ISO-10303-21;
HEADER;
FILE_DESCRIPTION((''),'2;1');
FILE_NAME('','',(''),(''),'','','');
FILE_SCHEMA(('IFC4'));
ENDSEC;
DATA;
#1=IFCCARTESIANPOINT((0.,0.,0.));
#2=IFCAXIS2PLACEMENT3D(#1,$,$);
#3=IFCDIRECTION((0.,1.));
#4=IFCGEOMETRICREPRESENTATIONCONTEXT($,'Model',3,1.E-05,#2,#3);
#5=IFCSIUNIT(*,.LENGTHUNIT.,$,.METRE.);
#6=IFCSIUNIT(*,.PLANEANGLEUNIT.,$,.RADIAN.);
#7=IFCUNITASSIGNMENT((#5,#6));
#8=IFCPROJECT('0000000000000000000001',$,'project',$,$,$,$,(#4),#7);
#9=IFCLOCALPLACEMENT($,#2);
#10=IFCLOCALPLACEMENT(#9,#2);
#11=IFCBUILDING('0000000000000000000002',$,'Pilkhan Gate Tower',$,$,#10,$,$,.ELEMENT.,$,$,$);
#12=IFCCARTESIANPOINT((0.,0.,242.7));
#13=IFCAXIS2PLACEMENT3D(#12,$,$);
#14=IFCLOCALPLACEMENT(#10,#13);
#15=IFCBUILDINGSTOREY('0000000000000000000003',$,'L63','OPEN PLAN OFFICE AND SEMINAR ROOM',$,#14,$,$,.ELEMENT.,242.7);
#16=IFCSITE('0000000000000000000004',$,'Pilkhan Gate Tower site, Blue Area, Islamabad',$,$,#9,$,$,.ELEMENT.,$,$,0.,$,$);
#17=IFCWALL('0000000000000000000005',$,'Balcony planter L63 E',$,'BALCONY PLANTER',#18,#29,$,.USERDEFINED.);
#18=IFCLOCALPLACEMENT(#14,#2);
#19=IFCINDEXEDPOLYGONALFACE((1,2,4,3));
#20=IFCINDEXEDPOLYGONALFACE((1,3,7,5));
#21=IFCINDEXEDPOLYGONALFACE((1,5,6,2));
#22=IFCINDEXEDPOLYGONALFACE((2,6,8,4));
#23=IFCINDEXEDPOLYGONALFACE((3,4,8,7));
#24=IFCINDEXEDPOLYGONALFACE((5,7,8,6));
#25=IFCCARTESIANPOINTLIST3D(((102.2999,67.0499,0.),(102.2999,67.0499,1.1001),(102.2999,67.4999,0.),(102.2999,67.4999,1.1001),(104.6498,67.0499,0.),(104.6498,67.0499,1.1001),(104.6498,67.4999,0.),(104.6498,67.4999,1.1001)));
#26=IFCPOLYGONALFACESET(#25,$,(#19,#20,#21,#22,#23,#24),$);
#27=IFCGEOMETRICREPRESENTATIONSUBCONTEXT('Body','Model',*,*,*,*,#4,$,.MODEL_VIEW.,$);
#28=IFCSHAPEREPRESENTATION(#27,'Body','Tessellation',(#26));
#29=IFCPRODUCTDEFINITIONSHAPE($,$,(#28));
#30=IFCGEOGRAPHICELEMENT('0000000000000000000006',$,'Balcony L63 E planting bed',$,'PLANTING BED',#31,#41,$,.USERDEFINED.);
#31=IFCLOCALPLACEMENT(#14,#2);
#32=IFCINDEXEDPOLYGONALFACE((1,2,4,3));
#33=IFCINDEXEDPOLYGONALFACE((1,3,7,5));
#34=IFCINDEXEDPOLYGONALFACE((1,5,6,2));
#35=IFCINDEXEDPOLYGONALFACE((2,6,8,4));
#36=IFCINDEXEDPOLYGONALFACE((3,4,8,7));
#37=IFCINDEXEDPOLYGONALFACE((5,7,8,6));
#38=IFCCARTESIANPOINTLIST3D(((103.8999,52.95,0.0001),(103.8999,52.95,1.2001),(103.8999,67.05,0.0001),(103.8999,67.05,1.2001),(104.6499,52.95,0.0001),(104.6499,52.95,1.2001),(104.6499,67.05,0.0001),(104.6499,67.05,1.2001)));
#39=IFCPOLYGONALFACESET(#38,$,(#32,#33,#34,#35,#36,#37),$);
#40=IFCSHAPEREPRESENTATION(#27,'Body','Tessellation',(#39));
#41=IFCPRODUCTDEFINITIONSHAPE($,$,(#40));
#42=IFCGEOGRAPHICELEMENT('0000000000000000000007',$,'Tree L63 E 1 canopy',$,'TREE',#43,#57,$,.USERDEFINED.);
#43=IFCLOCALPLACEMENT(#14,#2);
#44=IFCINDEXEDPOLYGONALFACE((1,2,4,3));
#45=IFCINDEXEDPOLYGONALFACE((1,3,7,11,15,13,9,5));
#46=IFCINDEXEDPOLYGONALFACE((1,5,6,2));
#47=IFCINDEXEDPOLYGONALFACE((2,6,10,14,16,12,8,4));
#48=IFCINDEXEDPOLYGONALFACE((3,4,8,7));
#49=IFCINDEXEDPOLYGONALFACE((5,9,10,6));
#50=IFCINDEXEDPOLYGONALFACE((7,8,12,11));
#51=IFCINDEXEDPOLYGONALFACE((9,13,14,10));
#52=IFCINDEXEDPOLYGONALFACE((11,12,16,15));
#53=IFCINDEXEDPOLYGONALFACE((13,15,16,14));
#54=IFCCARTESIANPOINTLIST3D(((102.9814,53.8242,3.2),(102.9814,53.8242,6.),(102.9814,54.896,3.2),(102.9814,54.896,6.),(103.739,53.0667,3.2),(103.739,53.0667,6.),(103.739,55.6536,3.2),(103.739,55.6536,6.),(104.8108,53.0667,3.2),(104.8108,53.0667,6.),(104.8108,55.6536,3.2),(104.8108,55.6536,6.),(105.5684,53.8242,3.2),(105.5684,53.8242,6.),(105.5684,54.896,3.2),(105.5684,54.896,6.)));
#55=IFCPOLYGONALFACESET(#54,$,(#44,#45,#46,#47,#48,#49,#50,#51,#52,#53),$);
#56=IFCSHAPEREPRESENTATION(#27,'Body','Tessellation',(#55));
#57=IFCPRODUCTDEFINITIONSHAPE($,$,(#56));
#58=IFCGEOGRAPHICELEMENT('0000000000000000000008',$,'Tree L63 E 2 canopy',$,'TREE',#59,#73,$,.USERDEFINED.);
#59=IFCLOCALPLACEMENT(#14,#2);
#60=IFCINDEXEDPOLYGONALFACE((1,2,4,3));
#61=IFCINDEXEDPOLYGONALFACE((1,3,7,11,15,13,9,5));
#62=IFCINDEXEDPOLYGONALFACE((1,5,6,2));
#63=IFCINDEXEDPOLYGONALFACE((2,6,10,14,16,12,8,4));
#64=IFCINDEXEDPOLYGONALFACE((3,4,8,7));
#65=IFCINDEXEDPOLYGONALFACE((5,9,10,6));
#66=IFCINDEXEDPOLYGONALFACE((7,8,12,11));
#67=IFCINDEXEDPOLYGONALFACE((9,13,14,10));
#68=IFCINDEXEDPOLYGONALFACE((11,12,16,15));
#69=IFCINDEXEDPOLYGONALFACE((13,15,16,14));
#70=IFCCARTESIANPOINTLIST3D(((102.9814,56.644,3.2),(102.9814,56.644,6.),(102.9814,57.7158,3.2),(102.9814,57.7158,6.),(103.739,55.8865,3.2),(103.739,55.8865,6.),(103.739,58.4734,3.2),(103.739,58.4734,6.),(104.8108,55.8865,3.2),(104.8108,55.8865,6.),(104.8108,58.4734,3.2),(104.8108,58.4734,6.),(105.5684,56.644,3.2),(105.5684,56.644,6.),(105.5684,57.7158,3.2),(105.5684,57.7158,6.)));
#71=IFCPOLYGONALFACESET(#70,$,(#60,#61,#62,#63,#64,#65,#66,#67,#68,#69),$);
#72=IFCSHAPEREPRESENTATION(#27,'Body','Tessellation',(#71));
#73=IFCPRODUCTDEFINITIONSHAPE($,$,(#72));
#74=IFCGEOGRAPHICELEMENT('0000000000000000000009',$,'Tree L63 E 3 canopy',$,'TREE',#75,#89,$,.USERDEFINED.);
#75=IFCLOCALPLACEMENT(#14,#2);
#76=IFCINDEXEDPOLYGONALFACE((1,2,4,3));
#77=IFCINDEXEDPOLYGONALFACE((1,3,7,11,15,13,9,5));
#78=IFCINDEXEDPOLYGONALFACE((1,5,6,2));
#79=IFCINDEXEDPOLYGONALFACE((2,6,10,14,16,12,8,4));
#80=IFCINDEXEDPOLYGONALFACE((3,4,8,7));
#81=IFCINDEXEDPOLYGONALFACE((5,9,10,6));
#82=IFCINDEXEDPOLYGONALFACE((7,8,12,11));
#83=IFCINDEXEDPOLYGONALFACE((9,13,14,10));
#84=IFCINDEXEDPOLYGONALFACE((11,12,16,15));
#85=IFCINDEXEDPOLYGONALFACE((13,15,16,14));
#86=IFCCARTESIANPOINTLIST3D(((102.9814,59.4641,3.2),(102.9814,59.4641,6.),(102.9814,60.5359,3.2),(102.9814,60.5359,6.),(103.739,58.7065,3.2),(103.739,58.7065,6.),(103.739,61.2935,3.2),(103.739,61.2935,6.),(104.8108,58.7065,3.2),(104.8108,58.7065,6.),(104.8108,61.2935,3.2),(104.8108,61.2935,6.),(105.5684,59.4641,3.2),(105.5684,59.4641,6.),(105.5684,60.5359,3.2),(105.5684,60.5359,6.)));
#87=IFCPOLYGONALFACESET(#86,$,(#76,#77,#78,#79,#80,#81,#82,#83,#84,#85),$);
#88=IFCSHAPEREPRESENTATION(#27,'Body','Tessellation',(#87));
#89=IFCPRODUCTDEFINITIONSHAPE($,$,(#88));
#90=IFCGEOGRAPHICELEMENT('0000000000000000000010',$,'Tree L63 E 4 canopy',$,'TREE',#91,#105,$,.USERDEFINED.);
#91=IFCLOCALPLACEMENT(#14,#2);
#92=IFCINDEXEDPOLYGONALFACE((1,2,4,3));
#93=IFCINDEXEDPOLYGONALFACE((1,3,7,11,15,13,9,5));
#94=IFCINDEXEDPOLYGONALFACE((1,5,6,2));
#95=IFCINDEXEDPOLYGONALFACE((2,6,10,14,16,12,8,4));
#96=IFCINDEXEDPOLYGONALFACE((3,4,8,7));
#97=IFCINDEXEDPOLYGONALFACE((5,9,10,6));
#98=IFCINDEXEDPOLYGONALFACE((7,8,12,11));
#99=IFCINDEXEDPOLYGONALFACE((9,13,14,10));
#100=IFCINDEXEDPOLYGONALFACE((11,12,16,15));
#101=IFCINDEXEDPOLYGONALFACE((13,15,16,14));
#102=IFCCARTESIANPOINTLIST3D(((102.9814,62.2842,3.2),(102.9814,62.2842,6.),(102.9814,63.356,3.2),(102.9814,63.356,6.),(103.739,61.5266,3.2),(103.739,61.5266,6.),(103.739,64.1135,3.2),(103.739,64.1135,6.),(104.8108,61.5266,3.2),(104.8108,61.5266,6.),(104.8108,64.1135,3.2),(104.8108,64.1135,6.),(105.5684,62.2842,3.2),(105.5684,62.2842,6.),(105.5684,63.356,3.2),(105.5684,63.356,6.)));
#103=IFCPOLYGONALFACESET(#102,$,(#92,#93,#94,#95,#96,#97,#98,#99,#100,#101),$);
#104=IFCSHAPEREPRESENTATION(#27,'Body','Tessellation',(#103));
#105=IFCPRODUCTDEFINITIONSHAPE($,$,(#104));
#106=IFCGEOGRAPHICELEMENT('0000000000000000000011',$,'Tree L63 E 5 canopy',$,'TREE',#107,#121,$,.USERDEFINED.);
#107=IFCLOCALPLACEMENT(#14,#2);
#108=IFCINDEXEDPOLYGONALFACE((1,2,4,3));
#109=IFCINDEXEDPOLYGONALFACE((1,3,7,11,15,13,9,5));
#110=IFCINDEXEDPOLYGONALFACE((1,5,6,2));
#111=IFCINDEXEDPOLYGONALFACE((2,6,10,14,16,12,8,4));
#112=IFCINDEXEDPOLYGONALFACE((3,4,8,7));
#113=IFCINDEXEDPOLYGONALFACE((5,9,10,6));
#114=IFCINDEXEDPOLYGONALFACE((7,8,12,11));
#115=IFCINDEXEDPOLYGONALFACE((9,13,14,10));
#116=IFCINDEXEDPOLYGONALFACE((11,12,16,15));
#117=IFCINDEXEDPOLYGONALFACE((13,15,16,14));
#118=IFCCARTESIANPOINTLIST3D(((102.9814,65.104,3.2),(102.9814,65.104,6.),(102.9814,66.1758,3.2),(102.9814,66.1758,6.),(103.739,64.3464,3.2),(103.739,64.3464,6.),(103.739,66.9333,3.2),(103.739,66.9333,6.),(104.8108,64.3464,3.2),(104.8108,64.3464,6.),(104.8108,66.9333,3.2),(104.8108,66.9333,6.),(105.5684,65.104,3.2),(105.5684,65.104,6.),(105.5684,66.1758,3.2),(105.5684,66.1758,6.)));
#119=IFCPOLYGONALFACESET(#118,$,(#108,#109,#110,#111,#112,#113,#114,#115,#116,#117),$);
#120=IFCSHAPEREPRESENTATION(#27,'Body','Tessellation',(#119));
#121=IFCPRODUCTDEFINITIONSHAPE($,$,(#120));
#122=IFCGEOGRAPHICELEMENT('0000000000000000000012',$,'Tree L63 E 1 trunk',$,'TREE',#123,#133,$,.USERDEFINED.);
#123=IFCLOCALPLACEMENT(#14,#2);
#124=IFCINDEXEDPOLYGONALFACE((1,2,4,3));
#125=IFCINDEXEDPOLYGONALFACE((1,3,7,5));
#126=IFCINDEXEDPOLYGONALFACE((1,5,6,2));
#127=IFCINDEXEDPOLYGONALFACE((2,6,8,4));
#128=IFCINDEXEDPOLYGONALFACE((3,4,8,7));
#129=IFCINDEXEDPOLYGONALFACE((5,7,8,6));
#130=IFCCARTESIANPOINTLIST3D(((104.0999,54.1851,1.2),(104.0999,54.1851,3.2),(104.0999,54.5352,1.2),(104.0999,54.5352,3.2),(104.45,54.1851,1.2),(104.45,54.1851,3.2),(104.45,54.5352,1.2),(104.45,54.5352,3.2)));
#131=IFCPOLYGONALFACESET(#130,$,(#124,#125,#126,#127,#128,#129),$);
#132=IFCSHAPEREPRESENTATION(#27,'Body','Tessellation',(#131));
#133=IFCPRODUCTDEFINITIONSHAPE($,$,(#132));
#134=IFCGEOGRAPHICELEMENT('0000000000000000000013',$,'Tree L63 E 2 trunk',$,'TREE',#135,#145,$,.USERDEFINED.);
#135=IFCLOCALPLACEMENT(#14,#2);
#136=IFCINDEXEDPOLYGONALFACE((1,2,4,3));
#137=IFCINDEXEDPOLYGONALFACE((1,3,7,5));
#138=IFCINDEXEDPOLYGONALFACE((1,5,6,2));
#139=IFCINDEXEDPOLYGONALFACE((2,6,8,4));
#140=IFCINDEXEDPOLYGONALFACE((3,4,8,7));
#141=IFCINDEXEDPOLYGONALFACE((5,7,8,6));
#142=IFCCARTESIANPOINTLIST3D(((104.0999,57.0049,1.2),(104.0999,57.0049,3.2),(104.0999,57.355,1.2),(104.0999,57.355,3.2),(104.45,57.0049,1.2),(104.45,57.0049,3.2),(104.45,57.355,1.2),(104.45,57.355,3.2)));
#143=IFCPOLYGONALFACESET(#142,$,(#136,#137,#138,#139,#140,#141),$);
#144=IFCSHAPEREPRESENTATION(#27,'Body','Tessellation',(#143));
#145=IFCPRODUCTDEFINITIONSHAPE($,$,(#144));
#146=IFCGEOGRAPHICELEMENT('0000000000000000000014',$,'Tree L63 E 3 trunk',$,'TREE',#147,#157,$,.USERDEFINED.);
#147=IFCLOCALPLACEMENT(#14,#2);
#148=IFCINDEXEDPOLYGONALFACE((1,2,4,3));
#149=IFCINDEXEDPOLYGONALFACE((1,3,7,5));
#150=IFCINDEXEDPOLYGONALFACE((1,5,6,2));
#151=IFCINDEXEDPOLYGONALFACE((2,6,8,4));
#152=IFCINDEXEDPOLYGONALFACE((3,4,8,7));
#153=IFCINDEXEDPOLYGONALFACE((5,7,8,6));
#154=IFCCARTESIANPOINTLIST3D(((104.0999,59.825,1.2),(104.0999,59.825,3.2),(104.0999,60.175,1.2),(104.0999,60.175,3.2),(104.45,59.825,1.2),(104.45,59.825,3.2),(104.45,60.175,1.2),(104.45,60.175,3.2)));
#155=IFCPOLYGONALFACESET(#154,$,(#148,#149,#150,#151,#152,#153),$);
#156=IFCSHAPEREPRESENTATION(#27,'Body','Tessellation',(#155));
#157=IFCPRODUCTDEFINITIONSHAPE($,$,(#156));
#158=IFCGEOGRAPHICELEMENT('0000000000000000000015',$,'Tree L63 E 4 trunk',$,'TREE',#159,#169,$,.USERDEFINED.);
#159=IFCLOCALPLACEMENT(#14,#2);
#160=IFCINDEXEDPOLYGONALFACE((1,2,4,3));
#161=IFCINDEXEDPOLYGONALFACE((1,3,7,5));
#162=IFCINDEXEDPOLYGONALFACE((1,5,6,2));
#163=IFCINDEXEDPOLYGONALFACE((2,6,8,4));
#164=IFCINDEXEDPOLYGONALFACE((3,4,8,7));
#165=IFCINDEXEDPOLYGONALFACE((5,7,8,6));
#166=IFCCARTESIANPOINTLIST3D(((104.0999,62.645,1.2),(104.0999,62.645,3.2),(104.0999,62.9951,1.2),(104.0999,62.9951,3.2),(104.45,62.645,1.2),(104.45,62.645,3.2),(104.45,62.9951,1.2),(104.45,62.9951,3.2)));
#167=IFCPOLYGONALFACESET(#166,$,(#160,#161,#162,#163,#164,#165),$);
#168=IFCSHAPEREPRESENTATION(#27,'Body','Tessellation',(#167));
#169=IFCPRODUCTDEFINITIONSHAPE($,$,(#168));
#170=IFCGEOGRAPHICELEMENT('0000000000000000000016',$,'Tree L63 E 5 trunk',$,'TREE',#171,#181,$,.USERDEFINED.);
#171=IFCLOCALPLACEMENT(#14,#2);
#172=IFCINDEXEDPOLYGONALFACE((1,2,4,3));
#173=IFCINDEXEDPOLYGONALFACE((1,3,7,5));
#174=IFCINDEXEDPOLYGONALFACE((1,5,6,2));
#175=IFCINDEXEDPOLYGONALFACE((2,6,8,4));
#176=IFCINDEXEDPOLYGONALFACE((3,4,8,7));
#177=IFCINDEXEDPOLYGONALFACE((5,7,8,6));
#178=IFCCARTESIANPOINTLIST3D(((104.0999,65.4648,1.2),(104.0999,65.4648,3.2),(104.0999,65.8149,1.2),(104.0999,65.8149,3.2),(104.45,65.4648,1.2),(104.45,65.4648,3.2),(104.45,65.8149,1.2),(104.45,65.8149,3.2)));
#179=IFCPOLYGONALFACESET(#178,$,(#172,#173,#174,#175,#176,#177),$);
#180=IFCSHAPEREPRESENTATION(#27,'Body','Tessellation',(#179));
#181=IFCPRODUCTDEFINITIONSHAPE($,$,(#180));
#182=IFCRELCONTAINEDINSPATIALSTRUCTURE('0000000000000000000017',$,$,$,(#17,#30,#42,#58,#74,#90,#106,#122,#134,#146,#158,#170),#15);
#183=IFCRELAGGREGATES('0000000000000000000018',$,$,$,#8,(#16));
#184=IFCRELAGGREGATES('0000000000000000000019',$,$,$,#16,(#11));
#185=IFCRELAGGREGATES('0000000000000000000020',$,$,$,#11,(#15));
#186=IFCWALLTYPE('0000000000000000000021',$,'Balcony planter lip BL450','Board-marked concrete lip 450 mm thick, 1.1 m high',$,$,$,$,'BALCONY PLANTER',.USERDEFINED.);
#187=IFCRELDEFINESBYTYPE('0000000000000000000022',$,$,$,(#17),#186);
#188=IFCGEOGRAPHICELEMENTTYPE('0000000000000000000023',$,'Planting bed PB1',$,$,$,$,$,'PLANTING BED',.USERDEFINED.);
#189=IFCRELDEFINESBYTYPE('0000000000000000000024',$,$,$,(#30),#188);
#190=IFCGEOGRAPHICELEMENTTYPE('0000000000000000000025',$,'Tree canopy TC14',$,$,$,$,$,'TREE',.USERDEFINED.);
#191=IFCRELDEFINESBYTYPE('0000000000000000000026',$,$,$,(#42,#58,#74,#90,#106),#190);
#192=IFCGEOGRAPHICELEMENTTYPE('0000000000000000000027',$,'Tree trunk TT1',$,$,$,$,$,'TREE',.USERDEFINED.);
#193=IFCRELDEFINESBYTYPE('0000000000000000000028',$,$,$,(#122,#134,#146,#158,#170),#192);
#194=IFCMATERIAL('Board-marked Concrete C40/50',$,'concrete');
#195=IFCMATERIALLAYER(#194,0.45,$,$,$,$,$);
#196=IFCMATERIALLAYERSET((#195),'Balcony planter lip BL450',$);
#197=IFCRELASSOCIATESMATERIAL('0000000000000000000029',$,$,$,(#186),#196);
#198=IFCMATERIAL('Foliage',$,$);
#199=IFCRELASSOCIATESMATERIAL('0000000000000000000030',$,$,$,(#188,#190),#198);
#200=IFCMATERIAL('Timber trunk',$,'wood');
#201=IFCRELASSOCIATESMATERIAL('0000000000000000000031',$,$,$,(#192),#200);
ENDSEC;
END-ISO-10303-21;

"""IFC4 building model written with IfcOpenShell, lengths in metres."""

from ifc_helpers import new_model, si_unit, direction, frame, frame_2d, origin, origin_2d, place, context, subcontext, project, spatial, polyline, rectangle, outline, extrude, material, layer, layer_set, material_profile, profile_set, type_object, element, save


model = new_model("IFC4")

# Units and contexts
model_context = context("Model", 3, precision=1e-05, world=origin(), true_north=direction((0.0, 1.0)))
body_context = subcontext(model_context, "Body", "Model", "MODEL_VIEW")
ifc_project = project(units=[si_unit("LENGTHUNIT", "METRE"), si_unit("PLANEANGLEUNIT", "RADIAN")], contexts=[model_context])

# Site, building, storey
site_placement = place(None, origin())
site = spatial("IfcSite", under=ifc_project, at=site_placement, Name="Pilkhan Gate Tower site, Blue Area, Islamabad", CompositionType="ELEMENT", RefElevation=0.0)
building_placement = place(site_placement, origin())
building = spatial("IfcBuilding", under=site, at=building_placement, Name="Pilkhan Gate Tower", CompositionType="ELEMENT")
storey_placement = place(building_placement, frame((0.0, 0.0, 242.7)))
storey = spatial("IfcBuildingStorey", under=building, at=storey_placement, Name="L63", Description="OPEN PLAN OFFICE AND SEMINAR ROOM", CompositionType="ELEMENT", Elevation=242.7)

# Wall
ifc_material_1 = material(Name="Board-marked Concrete C40/50", Category="concrete")
ifc_layer_1 = layer(ifc_material_1, 0.45)
ifc_layer_set_1 = layer_set([ifc_layer_1], Name="Balcony planter lip BL450")
wall_type_1 = type_object("IfcWallType", Name="Balcony planter lip BL450", Description="Board-marked concrete lip 450 mm thick, 1.1 m high", ElementType="BALCONY PLANTER", PredefinedType="USERDEFINED", material=ifc_layer_set_1)
for number, where, z_axis, x_axis, name in (
    (1, (102.3, 67.2749, 0.0), (0.0, 0.0, 1.0), (1.0, 0.0, 0.0), "Balcony planter L63 E"),
):
    element("IfcWall", number, at=place(storey_placement, frame(where, z_axis=z_axis, x_axis=x_axis)), inside=storey, type_object=wall_type_1, Name=name, ObjectType="BALCONY PLANTER", PredefinedType="USERDEFINED", context=body_context, shape_type="SweptSolid", body=[
        extrude(rectangle(XDim=2.3499, YDim=0.45, at=frame_2d((1.1748, 0.0))), origin(), (0.0, 0.0, 1.0), 1.1001),
    ])

# Geographic elements
ifc_material_2 = material(Name="Foliage")
ifc_material_profile_1 = material_profile(ifc_material_2, rectangle(XDim=0.75, YDim=1.2, at=origin_2d()), Name="Bed 750x1200")
ifc_profile_set_1 = profile_set([ifc_material_profile_1], Name="Foliage")
geographic_element_type_1 = type_object("IfcGeographicElementType", Name="Planting bed PB1", ElementType="PLANTING BED", PredefinedType="USERDEFINED", material=ifc_profile_set_1)
geographic_element_placement = place(storey_placement, frame((104.2749, 52.95, 0.6001), z_axis=(0.0, 1.0, 0.0), x_axis=(-1.0, 0.0, 0.0)))
element("IfcGeographicElement", 2, at=geographic_element_placement, inside=storey, type_object=geographic_element_type_1, Name="Balcony L63 E planting bed", ObjectType="PLANTING BED", PredefinedType="USERDEFINED", context=body_context, shape_type="SweptSolid", body=[
    extrude(rectangle(XDim=0.75, YDim=1.2, at=origin_2d()), origin(), (0.0, 0.0, 1.0), 14.1001),
])
ifc_material_profile_2 = material_profile(ifc_material_2, outline(polyline([(1.2935, 0.5359), (0.5359, 1.2935), (-0.5359, 1.2935), (-1.2935, 0.5359), (-1.2935, -0.5359), (-0.5359, -1.2935), (0.5359, -1.2935), (1.2935, -0.5359), (1.2935, 0.5359)])), Name="Canopy D2.8")
ifc_profile_set_2 = profile_set([ifc_material_profile_2], Name="Foliage")
geographic_element_type_2 = type_object("IfcGeographicElementType", Name="Tree canopy TC14", ElementType="TREE", PredefinedType="USERDEFINED", material=ifc_profile_set_2)
for number, where, z_axis, x_axis, name in (
    (3, (104.2749, 54.3601, 3.2), (0.0, 0.0, 1.0), (1.0, 0.0, 0.0), "Tree L63 E 1 canopy"),
    (4, (104.2749, 57.1799, 3.2), (0.0, 0.0, 1.0), (1.0, 0.0, 0.0), "Tree L63 E 2 canopy"),
    (5, (104.2749, 60.0, 3.2), (0.0, 0.0, 1.0), (1.0, 0.0, 0.0), "Tree L63 E 3 canopy"),
    (6, (104.2749, 62.8201, 3.2), (0.0, 0.0, 1.0), (1.0, 0.0, 0.0), "Tree L63 E 4 canopy"),
    (7, (104.2749, 65.6399, 3.2), (0.0, 0.0, 1.0), (1.0, 0.0, 0.0), "Tree L63 E 5 canopy"),
):
    element("IfcGeographicElement", number, at=place(storey_placement, frame(where, z_axis=z_axis, x_axis=x_axis)), inside=storey, type_object=geographic_element_type_2, Name=name, ObjectType="TREE", PredefinedType="USERDEFINED", context=body_context, shape_type="SweptSolid", body=[
        extrude(outline(polyline([(1.2935, 0.5359), (0.5359, 1.2935), (-0.5359, 1.2935), (-1.2935, 0.5359), (-1.2935, -0.5359), (-0.5359, -1.2935), (0.5359, -1.2935), (1.2935, -0.5359), (1.2935, 0.5359)])), origin(), (0.0, 0.0, 1.0), 2.8),
    ])
ifc_material_3 = material(Name="Timber trunk", Category="wood")
geographic_element_type_3 = type_object("IfcGeographicElementType", Name="Tree trunk TT1", ElementType="TREE", PredefinedType="USERDEFINED", material=ifc_material_3)
for number, where, z_axis, x_axis, name in (
    (8, (104.2749, 54.3601, 1.2), (0.0, 0.0, 1.0), (1.0, 0.0, 0.0), "Tree L63 E 1 trunk"),
    (9, (104.2749, 57.1799, 1.2), (0.0, 0.0, 1.0), (1.0, 0.0, 0.0), "Tree L63 E 2 trunk"),
    (10, (104.2749, 60.0, 1.2), (0.0, 0.0, 1.0), (1.0, 0.0, 0.0), "Tree L63 E 3 trunk"),
    (11, (104.2749, 62.8201, 1.2), (0.0, 0.0, 1.0), (1.0, 0.0, 0.0), "Tree L63 E 4 trunk"),
    (12, (104.2749, 65.6399, 1.2), (0.0, 0.0, 1.0), (1.0, 0.0, 0.0), "Tree L63 E 5 trunk"),
):
    element("IfcGeographicElement", number, at=place(storey_placement, frame(where, z_axis=z_axis, x_axis=x_axis)), inside=storey, type_object=geographic_element_type_3, Name=name, ObjectType="TREE", PredefinedType="USERDEFINED", context=body_context, shape_type="SweptSolid", body=[
        extrude(rectangle(XDim=0.3501, YDim=0.3501, at=origin_2d()), origin(), (0.0, 0.0, 1.0), 2.0),
    ])

save(model, "model.ifc")
